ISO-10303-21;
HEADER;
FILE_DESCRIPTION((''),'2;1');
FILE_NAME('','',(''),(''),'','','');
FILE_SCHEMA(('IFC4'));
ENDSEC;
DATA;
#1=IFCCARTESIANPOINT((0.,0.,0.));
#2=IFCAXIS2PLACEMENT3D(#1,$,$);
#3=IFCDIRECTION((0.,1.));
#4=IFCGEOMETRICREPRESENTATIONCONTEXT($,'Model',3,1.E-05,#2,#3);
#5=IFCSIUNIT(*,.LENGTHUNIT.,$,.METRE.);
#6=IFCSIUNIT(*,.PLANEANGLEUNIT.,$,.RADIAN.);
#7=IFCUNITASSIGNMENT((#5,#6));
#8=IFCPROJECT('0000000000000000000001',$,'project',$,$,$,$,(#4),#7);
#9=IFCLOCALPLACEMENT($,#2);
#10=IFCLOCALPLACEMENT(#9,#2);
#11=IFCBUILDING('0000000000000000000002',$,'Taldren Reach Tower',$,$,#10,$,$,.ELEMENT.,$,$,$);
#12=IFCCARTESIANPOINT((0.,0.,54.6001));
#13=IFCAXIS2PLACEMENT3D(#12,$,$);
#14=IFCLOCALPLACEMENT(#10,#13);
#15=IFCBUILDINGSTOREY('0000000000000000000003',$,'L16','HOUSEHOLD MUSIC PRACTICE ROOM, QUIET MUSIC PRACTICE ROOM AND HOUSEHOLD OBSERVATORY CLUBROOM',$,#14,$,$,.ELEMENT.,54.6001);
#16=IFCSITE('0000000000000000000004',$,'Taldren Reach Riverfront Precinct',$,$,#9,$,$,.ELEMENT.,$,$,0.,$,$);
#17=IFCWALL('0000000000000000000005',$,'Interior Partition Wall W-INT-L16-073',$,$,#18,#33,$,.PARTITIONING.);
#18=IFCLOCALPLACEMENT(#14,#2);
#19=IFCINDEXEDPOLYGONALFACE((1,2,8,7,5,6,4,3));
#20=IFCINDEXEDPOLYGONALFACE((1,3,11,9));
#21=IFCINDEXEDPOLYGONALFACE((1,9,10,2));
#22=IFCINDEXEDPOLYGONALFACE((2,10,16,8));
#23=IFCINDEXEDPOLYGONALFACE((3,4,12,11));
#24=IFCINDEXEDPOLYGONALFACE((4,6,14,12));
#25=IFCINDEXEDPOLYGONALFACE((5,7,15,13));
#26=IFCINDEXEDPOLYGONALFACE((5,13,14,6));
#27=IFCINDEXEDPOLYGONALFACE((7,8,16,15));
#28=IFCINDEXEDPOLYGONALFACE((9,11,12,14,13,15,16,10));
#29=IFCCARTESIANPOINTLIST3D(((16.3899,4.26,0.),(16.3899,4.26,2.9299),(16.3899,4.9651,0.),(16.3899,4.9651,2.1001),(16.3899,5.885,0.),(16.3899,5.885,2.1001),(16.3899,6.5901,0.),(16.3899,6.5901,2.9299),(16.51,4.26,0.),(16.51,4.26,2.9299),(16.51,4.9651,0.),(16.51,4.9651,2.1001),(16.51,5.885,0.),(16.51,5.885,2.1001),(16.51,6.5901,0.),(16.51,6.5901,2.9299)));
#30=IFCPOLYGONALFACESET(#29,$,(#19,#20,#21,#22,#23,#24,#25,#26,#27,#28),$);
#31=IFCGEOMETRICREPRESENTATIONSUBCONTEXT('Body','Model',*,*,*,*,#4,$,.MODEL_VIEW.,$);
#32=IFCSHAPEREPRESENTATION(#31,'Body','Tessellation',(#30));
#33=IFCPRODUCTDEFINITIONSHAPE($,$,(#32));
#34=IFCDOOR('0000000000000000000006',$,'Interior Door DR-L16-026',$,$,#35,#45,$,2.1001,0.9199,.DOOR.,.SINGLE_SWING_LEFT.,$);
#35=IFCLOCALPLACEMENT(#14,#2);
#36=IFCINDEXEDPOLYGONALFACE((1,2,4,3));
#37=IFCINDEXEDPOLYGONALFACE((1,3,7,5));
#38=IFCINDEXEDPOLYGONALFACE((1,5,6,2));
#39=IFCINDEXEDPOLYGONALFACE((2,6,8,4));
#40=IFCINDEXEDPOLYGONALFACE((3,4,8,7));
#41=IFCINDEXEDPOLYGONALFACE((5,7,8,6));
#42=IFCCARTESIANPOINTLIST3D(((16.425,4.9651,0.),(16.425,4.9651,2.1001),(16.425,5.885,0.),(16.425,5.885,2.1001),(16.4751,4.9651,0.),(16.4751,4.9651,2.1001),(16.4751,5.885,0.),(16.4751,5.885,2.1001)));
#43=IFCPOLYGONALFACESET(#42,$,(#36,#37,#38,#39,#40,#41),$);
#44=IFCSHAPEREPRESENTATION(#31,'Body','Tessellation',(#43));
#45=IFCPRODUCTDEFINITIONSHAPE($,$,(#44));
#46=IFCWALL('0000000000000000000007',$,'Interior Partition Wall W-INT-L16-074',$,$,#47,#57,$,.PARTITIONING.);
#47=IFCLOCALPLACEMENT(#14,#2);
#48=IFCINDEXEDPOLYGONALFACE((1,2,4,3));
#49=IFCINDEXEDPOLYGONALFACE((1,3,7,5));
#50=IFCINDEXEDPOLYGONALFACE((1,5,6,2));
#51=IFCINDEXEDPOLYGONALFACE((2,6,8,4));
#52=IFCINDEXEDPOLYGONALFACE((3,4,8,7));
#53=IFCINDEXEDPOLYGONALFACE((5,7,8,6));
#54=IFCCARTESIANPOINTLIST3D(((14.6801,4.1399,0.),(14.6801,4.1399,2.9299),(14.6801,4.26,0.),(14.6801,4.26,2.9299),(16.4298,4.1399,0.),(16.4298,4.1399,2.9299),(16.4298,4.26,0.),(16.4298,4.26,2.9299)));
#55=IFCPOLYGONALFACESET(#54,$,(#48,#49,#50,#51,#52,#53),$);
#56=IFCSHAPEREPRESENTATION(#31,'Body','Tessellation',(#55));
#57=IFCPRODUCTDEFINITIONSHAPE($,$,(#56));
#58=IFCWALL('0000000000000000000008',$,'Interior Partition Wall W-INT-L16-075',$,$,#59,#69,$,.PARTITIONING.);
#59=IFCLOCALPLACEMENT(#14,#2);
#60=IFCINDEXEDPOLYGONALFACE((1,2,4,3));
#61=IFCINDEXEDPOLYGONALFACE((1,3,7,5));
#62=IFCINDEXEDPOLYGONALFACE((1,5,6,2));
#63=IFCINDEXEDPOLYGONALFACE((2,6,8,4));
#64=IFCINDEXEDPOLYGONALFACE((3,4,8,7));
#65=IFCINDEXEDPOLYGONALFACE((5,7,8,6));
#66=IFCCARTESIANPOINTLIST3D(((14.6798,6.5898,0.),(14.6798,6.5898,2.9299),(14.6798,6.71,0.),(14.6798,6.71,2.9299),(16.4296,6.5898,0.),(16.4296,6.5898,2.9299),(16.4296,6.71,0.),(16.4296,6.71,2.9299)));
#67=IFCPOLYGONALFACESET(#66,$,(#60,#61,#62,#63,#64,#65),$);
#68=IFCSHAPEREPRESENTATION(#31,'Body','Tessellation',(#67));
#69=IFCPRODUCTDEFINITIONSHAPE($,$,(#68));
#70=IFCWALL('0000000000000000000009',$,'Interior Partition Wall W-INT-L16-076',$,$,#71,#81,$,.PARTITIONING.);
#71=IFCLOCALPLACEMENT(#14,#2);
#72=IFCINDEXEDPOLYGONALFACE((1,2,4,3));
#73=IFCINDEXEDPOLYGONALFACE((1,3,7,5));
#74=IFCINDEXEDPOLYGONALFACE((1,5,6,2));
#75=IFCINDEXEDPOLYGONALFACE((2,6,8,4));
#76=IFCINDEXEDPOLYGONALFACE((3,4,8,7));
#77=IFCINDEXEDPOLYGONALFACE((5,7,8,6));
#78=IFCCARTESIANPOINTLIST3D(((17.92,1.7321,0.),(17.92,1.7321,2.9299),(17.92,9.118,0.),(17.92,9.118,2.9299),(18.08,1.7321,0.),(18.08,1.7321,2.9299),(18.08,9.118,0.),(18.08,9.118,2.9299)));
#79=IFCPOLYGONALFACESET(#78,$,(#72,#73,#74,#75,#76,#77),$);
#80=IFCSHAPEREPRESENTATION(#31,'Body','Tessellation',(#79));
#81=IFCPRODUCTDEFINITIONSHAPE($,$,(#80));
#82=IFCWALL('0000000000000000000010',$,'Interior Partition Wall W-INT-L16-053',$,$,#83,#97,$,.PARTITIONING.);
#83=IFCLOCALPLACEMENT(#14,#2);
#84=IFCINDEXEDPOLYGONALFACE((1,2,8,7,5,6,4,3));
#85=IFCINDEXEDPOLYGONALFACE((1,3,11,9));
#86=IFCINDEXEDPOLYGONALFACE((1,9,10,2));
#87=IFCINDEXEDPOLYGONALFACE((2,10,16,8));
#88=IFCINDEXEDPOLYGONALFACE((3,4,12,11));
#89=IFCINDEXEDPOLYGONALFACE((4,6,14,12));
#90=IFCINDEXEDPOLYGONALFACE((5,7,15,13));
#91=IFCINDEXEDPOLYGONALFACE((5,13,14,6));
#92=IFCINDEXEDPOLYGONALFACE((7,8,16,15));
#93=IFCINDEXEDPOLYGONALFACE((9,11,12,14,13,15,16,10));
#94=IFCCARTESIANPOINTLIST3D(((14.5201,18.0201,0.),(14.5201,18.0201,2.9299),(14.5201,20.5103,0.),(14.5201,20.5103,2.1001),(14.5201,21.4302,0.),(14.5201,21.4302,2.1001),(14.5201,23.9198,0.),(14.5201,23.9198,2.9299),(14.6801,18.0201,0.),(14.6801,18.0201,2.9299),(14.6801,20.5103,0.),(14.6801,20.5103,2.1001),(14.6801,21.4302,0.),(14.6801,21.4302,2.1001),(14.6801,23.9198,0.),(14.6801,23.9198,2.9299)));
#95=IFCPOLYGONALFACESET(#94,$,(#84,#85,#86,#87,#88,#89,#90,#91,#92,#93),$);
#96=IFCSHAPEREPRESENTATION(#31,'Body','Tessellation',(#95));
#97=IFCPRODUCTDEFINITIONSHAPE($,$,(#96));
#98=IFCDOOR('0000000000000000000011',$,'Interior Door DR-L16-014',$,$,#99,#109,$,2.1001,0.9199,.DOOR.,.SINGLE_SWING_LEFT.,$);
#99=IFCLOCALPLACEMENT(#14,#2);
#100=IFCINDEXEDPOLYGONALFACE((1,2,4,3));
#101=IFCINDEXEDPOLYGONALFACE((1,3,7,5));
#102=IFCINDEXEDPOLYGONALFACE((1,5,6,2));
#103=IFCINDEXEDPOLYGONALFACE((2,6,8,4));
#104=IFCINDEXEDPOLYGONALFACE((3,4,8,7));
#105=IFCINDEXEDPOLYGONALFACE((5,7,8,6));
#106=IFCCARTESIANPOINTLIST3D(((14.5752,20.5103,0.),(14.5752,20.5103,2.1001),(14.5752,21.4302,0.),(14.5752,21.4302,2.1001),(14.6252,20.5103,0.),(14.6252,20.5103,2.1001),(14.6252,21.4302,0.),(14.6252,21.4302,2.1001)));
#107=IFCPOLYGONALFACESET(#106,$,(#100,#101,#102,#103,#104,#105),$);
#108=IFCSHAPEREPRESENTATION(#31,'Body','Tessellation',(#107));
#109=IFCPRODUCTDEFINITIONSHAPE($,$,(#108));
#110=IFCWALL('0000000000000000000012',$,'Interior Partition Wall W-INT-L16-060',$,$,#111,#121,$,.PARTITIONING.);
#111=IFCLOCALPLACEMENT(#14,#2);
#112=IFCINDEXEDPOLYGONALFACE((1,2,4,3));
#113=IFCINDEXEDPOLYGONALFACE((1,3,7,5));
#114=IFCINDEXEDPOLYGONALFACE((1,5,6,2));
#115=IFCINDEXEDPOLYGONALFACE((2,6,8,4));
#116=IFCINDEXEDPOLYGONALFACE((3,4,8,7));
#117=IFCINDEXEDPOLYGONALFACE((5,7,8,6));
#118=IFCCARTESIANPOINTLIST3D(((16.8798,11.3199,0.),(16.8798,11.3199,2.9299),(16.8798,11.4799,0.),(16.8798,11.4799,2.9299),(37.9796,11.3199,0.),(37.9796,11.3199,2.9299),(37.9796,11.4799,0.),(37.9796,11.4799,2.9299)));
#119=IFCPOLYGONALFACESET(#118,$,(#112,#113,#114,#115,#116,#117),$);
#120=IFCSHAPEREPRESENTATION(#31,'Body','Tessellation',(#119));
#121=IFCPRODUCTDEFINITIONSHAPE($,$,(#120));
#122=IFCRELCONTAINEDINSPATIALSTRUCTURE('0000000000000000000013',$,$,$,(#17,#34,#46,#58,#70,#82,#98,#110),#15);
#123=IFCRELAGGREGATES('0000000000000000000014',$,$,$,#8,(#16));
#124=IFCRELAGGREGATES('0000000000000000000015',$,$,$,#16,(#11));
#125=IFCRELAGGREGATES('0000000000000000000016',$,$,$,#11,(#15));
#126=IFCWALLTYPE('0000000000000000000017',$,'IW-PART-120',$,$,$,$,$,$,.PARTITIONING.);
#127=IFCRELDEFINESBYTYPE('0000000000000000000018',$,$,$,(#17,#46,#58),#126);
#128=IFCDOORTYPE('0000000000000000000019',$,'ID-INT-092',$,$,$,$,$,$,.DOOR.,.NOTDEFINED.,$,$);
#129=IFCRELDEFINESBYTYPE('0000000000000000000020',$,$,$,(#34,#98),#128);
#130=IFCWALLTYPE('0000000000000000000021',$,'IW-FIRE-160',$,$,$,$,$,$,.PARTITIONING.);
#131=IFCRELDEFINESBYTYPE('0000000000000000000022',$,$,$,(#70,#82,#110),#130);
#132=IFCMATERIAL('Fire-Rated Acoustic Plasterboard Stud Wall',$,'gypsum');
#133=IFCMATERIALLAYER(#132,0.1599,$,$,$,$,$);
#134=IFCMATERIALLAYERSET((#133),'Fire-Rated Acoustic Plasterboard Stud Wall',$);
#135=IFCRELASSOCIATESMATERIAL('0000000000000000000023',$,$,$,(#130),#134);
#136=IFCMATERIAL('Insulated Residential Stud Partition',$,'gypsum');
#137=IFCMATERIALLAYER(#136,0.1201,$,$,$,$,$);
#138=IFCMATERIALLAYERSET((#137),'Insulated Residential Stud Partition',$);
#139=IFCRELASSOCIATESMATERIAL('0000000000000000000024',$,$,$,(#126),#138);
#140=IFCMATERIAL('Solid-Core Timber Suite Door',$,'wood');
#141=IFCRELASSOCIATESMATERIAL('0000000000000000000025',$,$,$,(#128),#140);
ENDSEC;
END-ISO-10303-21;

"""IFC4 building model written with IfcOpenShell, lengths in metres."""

from ifc_helpers import new_model, si_unit, direction, frame, frame_2d, origin, place, context, subcontext, project, spatial, rectangle, extrude, source, transform, mapped, material, layer, layer_set, type_object, element, fill, save


model = new_model("IFC4")

# Units and contexts
model_context = context("Model", 3, precision=1e-05, world=origin(), true_north=direction((0.0, 1.0)))
body_context = subcontext(model_context, "Body", "Model", "MODEL_VIEW")
ifc_project = project(units=[si_unit("LENGTHUNIT", "METRE"), si_unit("PLANEANGLEUNIT", "RADIAN")], contexts=[model_context])

# Site, building, storey
site_placement = place(None, origin())
site = spatial("IfcSite", under=ifc_project, at=site_placement, Name="Taldren Reach Riverfront Precinct", CompositionType="ELEMENT", RefElevation=0.0)
building_placement = place(site_placement, origin())
building = spatial("IfcBuilding", under=site, at=building_placement, Name="Taldren Reach Tower", CompositionType="ELEMENT")
storey_placement = place(building_placement, frame((0.0, 0.0, 54.6001)))
storey = spatial("IfcBuildingStorey", under=building, at=storey_placement, Name="L16", Description="HOUSEHOLD MUSIC PRACTICE ROOM, QUIET MUSIC PRACTICE ROOM AND HOUSEHOLD OBSERVATORY CLUBROOM", CompositionType="ELEMENT", Elevation=54.6001)

# Shared definitions
ifc_material_1 = material(Name="Fire-Rated Acoustic Plasterboard Stud Wall", Category="gypsum")
ifc_layer_1 = layer(ifc_material_1, 0.1599)
ifc_layer_set_1 = layer_set([ifc_layer_1], Name="Fire-Rated Acoustic Plasterboard Stud Wall")
wall_type_1 = type_object("IfcWallType", Name="IW-FIRE-160", PredefinedType="PARTITIONING", material=ifc_layer_set_1)

# Wall, opening, door
ifc_material_2 = material(Name="Insulated Residential Stud Partition", Category="gypsum")
ifc_layer_2 = layer(ifc_material_2, 0.1201)
ifc_layer_set_2 = layer_set([ifc_layer_2], Name="Insulated Residential Stud Partition")
wall_type_2 = type_object("IfcWallType", Name="IW-PART-120", PredefinedType="PARTITIONING", material=ifc_layer_set_2)
shared_shape_1 = source(origin(), body_context, "Body", "SweptSolid", [
    extrude(rectangle(XDim=2.3301, YDim=0.1201, at=frame_2d((1.165, 0.0))), origin(), (0.0, 0.0, 1.0), 2.9299),
])
wall_1_placement = place(storey_placement, frame((16.45, 4.26, 0.0), z_axis=(0.0, 0.0, 1.0), x_axis=(0.0, 1.0, 0.0)))
wall_1 = element("IfcWall", 1, at=wall_1_placement, inside=storey, type_object=wall_type_2, Name="Interior Partition Wall W-INT-L16-073", PredefinedType="PARTITIONING", context=body_context, shape_type="MappedRepresentation", body=[
    mapped(shared_shape_1, transform((0.0, 0.0, 0.0), scale=1.0)),
])
shared_shape_2 = source(origin(), body_context, "Body", "SweptSolid", [
    extrude(rectangle(XDim=0.9199, YDim=2.1001, at=frame_2d((0.46, 1.05))), frame((0.0, 0.0701, 0.0), z_axis=(0.0, -1.0, 0.0), x_axis=(1.0, 0.0, 0.0)), (0.0, 0.0, 1.0), 0.1401),
])
opening_1_placement = place(wall_1_placement, frame((0.7051, 0.0, 0.0)))
opening_1 = element("IfcOpeningElement", 2, at=opening_1_placement, cuts=wall_1, PredefinedType="OPENING", context=body_context, shape_type="MappedRepresentation", body=[
    mapped(shared_shape_2, transform((0.0, 0.0, 0.0), scale=1.0)),
])
ifc_material_3 = material(Name="Solid-Core Timber Suite Door", Category="wood")
door_type_1 = type_object("IfcDoorType", Name="ID-INT-092", OperationType="NOTDEFINED", PredefinedType="DOOR", material=ifc_material_3)
shared_shape_3 = source(origin(), body_context, "Body", "SweptSolid", [
    extrude(rectangle(XDim=0.9199, YDim=2.1001, at=frame_2d((0.46, 1.05))), frame((0.0, 0.0249, 0.0), z_axis=(0.0, -1.0, 0.0), x_axis=(1.0, 0.0, 0.0)), (0.0, 0.0, 1.0), 0.05),
])
door_1_placement = place(opening_1_placement, origin())
door_1 = element("IfcDoor", 3, at=door_1_placement, inside=storey, type_object=door_type_1, Name="Interior Door DR-L16-026", OperationType="SINGLE_SWING_LEFT", OverallHeight=2.1001, OverallWidth=0.9199, PredefinedType="DOOR", context=body_context, shape_type="MappedRepresentation", body=[
    mapped(shared_shape_3, transform((0.0, 0.0, 0.0), scale=1.0)),
])
fill(opening_1, door_1)

# Walls
shared_shape_4 = source(origin(), body_context, "Body", "SweptSolid", [
    extrude(rectangle(XDim=1.7498, YDim=0.1201, at=frame_2d((0.875, 0.0))), origin(), (0.0, 0.0, 1.0), 2.9299),
])
for number, where, z_axis, x_axis, name in (
    (4, (14.6799, 4.2, 0.0), (0.0, 0.0, 1.0), (1.0, 0.0, 0.0), "Interior Partition Wall W-INT-L16-074"),
    (5, (16.4297, 6.6499, 0.0), (0.0, 0.0, 1.0), (-1.0, 0.0, 0.0), "Interior Partition Wall W-INT-L16-075"),
):
    element("IfcWall", number, at=place(storey_placement, frame(where, z_axis=z_axis, x_axis=x_axis)), inside=storey, type_object=wall_type_2, Name=name, PredefinedType="PARTITIONING", context=body_context, shape_type="MappedRepresentation", body=[
        mapped(shared_shape_4, transform((0.0, 0.0, 0.0), scale=1.0)),
    ])
shared_shape_5 = source(origin(), body_context, "Body", "SweptSolid", [
    extrude(rectangle(XDim=7.386, YDim=0.1599, at=frame_2d((3.6929, 0.0))), origin(), (0.0, 0.0, 1.0), 2.9299),
])
wall_2_placement = place(storey_placement, frame((18.0, 9.1179, 0.0), z_axis=(0.0, 0.0, 1.0), x_axis=(0.0, -1.0, 0.0)))
element("IfcWall", 6, at=wall_2_placement, inside=storey, type_object=wall_type_1, Name="Interior Partition Wall W-INT-L16-076", PredefinedType="PARTITIONING", context=body_context, shape_type="MappedRepresentation", body=[
    mapped(shared_shape_5, transform((0.0, 0.0, 0.0), scale=1.0)),
])

# Wall, opening, door
shared_shape_6 = source(origin(), body_context, "Body", "SweptSolid", [
    extrude(rectangle(XDim=5.8997, YDim=0.1599, at=frame_2d((2.9497, 0.0))), origin(), (0.0, 0.0, 1.0), 2.9299),
])
wall_3_placement = place(storey_placement, frame((14.6001, 18.0203, 0.0), z_axis=(0.0, 0.0, 1.0), x_axis=(0.0, 1.0, 0.0)))
wall_3 = element("IfcWall", 7, at=wall_3_placement, inside=storey, type_object=wall_type_1, Name="Interior Partition Wall W-INT-L16-053", PredefinedType="PARTITIONING", context=body_context, shape_type="MappedRepresentation", body=[
    mapped(shared_shape_6, transform((0.0, 0.0, 0.0), scale=1.0)),
])
shared_shape_7 = source(origin(), body_context, "Body", "SweptSolid", [
    extrude(rectangle(XDim=0.9199, YDim=2.1001, at=frame_2d((0.46, 1.05))), frame((0.0, 0.0898, 0.0), z_axis=(0.0, -1.0, 0.0), x_axis=(1.0, 0.0, 0.0)), (0.0, 0.0, 1.0), 0.1799),
])
opening_2_placement = place(wall_3_placement, frame((2.49, 0.0, 0.0)))
opening_2 = element("IfcOpeningElement", 8, at=opening_2_placement, cuts=wall_3, PredefinedType="OPENING", context=body_context, shape_type="MappedRepresentation", body=[
    mapped(shared_shape_7, transform((0.0, 0.0, 0.0), scale=1.0)),
])
door_2_placement = place(opening_2_placement, origin())
door_2 = element("IfcDoor", 9, at=door_2_placement, inside=storey, type_object=door_type_1, Name="Interior Door DR-L16-014", OperationType="SINGLE_SWING_LEFT", OverallHeight=2.1001, OverallWidth=0.9199, PredefinedType="DOOR", context=body_context, shape_type="MappedRepresentation", body=[
    mapped(shared_shape_3, transform((0.0, 0.0, 0.0), scale=1.0)),
])
fill(opening_2, door_2)

# Wall
shared_shape_8 = source(origin(), body_context, "Body", "SweptSolid", [
    extrude(rectangle(XDim=21.0999, YDim=0.1599, at=frame_2d((10.5498, 0.0))), origin(), (0.0, 0.0, 1.0), 2.9299),
])
wall_4_placement = place(storey_placement, frame((16.8799, 11.3999, 0.0), z_axis=(0.0, 0.0, 1.0), x_axis=(1.0, 0.0, 0.0)))
element("IfcWall", 10, at=wall_4_placement, inside=storey, type_object=wall_type_1, Name="Interior Partition Wall W-INT-L16-060", PredefinedType="PARTITIONING", context=body_context, shape_type="MappedRepresentation", body=[
    mapped(shared_shape_8, transform((0.0, 0.0, 0.0), scale=1.0)),
])

save(model, "model.ifc")
